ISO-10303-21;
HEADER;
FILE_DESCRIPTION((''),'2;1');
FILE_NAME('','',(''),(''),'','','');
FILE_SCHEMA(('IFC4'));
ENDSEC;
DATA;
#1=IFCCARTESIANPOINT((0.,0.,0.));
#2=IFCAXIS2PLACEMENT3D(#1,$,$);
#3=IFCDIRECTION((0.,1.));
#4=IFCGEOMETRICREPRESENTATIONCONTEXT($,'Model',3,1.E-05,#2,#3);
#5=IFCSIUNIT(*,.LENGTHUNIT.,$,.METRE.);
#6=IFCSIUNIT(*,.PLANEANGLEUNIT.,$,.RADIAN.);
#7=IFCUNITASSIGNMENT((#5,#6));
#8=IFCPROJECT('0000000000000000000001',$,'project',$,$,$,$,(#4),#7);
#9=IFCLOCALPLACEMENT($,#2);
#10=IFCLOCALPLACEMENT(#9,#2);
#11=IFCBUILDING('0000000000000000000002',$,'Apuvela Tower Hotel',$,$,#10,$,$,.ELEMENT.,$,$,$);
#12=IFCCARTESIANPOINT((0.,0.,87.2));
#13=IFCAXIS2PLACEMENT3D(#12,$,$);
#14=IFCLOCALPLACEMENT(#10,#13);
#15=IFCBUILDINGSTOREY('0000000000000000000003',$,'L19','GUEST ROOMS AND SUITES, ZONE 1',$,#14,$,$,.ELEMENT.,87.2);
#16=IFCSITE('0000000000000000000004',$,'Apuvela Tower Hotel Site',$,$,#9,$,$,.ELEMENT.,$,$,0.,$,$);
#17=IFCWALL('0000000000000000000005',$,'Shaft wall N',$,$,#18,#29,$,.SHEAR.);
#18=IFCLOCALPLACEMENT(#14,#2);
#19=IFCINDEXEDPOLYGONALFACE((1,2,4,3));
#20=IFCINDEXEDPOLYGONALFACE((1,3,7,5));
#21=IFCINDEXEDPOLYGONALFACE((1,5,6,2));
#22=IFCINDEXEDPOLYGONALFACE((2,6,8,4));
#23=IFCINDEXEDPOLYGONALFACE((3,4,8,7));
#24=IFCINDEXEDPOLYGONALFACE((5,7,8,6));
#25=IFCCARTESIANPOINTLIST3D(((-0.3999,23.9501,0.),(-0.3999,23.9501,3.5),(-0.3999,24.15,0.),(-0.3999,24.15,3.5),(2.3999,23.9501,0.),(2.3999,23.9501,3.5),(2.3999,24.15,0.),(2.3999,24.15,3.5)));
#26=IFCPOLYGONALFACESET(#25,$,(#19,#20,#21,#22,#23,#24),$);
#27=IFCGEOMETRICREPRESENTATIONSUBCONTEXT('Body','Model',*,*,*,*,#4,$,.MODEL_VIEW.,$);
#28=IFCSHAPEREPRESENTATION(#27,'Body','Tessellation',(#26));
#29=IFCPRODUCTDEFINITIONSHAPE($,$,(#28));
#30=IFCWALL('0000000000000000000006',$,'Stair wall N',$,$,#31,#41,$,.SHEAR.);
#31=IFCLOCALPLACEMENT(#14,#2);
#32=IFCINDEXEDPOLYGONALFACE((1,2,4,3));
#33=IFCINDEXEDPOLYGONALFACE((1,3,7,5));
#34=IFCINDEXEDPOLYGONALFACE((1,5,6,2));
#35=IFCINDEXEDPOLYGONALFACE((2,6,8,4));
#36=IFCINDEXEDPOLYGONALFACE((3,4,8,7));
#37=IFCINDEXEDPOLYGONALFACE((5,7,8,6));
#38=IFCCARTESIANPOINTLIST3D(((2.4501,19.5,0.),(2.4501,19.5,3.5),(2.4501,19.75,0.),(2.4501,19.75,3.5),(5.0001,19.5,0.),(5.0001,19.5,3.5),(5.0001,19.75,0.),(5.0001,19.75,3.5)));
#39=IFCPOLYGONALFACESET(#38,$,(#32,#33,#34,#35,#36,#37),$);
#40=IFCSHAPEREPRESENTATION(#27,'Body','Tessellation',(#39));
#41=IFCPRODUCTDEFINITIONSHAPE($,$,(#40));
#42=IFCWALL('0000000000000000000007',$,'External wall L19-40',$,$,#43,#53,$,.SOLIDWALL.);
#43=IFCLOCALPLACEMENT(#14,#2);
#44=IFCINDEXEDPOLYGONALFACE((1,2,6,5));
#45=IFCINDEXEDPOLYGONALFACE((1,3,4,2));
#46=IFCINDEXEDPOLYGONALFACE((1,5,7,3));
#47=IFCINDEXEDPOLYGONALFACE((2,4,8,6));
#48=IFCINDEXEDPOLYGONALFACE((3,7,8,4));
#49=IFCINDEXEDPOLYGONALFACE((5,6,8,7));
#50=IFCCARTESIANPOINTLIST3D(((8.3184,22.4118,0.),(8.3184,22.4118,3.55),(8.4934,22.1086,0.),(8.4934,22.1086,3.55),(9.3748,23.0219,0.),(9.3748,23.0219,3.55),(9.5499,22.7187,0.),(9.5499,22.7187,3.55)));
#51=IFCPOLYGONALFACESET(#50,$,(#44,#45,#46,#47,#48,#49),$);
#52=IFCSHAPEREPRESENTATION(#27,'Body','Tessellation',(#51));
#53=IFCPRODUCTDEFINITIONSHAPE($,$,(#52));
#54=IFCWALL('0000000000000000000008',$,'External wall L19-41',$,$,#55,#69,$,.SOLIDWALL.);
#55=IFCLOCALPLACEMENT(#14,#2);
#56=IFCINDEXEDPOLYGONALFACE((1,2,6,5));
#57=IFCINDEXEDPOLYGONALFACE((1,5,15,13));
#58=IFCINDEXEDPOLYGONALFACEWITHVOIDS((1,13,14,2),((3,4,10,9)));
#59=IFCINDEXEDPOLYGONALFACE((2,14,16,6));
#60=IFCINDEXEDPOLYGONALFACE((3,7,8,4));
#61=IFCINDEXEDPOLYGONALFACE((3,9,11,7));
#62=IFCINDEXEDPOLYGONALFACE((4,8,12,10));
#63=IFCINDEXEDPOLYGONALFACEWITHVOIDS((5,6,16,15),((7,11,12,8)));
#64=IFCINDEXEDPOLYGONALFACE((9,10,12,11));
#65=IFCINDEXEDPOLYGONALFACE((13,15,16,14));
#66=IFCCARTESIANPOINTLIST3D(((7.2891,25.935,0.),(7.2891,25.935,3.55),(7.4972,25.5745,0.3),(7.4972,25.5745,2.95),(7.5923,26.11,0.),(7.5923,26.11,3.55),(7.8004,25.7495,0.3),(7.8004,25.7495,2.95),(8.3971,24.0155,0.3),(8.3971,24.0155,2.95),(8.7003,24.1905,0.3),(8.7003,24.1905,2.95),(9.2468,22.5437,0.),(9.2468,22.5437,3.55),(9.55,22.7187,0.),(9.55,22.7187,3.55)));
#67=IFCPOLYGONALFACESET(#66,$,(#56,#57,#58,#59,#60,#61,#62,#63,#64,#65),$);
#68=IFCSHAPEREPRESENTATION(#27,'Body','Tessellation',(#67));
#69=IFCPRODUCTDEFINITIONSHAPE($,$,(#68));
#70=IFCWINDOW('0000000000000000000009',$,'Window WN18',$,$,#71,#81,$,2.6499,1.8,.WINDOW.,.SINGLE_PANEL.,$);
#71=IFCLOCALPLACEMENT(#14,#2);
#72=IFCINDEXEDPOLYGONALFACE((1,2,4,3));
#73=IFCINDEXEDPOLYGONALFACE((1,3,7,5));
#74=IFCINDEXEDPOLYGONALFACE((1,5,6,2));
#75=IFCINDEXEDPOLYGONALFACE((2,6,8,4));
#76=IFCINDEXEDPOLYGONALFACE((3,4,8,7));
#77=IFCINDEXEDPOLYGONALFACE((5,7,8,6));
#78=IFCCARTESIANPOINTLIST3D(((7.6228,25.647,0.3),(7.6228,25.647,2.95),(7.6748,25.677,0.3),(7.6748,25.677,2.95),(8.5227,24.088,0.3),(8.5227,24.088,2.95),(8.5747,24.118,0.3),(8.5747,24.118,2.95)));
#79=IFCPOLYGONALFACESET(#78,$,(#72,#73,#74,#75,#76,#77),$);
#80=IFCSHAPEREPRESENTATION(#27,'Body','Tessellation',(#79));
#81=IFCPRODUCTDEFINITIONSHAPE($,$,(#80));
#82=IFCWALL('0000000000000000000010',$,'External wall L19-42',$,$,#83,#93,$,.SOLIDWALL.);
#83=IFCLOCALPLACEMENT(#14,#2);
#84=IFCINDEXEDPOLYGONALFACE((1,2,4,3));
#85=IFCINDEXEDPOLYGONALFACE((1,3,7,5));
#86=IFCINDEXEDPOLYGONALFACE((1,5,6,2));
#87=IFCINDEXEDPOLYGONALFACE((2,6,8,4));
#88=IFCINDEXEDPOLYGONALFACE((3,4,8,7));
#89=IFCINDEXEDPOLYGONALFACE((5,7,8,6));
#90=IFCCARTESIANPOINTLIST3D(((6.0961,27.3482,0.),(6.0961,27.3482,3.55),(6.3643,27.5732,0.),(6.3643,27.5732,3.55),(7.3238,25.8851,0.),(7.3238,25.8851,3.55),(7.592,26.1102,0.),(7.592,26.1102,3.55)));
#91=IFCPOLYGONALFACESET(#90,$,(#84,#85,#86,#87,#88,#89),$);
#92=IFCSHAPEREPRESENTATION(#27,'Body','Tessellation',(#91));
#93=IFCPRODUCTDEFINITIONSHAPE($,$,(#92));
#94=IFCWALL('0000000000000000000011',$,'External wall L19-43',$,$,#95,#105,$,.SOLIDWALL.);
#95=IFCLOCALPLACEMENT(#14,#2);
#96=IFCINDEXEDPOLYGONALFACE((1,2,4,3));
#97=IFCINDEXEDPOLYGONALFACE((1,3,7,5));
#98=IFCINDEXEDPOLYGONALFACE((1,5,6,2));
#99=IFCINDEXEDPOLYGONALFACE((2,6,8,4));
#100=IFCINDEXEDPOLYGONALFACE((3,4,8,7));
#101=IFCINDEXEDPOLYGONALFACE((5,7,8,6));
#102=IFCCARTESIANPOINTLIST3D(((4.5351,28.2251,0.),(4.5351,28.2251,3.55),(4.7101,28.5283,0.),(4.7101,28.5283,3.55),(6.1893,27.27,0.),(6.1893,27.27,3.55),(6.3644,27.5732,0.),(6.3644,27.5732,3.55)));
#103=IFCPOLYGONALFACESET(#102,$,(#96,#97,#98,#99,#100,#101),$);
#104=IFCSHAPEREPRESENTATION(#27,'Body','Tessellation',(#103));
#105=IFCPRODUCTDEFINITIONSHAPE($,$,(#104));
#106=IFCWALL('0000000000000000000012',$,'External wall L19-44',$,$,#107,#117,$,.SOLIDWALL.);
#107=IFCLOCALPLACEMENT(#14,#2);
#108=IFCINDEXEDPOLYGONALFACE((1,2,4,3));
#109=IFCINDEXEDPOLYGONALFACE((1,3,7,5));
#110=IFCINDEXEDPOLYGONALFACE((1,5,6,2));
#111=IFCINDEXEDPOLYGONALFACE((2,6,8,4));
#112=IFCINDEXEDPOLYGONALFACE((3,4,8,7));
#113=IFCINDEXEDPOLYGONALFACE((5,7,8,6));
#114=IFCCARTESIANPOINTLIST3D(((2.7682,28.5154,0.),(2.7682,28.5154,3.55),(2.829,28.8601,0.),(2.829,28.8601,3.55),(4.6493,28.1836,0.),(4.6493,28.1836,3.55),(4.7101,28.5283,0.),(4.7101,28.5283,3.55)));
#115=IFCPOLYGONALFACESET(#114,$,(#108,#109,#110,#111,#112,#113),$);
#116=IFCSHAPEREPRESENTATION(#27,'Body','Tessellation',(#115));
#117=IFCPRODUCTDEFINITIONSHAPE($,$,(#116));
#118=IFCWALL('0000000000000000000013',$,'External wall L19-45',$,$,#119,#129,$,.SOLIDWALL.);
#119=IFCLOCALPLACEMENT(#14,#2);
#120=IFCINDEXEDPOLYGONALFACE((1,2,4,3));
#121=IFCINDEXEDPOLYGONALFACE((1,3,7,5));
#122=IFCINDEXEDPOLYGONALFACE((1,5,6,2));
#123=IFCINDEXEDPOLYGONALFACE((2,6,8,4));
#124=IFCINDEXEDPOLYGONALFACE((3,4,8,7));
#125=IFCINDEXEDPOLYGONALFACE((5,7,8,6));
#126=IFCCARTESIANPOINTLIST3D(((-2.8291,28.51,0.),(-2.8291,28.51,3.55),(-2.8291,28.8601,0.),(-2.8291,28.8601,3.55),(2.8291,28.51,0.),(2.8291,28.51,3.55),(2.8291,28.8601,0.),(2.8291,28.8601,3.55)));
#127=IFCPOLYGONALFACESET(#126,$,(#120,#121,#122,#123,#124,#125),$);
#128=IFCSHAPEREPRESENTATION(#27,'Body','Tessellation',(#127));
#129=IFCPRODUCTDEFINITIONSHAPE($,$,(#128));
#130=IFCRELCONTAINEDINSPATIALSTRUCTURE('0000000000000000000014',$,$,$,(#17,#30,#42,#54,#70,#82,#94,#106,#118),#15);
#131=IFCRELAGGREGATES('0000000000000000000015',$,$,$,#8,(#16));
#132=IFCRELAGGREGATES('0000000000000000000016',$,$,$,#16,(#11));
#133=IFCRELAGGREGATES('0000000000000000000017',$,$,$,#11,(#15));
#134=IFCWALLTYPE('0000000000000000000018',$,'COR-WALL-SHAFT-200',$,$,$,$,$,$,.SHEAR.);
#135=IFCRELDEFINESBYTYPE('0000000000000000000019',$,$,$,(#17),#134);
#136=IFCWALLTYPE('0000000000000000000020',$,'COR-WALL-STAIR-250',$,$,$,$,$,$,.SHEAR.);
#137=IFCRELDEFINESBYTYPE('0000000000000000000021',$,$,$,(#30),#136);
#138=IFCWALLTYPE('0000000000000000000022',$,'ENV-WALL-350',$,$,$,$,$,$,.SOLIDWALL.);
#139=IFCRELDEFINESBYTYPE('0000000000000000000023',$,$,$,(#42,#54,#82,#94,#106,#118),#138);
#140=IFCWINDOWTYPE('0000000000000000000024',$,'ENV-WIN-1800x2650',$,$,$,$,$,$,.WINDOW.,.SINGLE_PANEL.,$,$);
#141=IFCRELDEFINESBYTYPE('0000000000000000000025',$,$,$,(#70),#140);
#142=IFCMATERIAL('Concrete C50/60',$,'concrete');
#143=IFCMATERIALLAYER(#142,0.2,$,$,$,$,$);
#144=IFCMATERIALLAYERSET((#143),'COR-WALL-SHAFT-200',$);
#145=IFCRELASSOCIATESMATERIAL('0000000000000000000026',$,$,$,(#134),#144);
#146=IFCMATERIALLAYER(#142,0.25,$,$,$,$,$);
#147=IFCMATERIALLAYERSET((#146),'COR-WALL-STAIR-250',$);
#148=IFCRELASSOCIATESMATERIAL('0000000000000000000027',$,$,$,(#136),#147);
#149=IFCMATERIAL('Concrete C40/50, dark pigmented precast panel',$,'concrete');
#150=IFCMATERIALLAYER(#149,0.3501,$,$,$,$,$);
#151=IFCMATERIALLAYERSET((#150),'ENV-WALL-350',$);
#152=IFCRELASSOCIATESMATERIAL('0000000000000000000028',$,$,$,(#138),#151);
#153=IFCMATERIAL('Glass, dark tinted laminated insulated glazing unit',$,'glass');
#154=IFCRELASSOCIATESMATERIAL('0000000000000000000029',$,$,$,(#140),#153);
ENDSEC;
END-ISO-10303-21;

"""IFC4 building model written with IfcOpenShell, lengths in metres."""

from ifc_helpers import new_model, si_unit, direction, frame, frame_2d, origin, place, context, subcontext, project, spatial, rectangle, extrude, material, layer, layer_set, type_object, element, fill, save


model = new_model("IFC4")

# Units and contexts
model_context = context("Model", 3, precision=1e-05, world=origin(), true_north=direction((0.0, 1.0)))
body_context = subcontext(model_context, "Body", "Model", "MODEL_VIEW")
ifc_project = project(units=[si_unit("LENGTHUNIT", "METRE"), si_unit("PLANEANGLEUNIT", "RADIAN")], contexts=[model_context])

# Site, building, storey
site_placement = place(None, origin())
site = spatial("IfcSite", under=ifc_project, at=site_placement, Name="Apuvela Tower Hotel Site", CompositionType="ELEMENT", RefElevation=0.0)
building_placement = place(site_placement, origin())
building = spatial("IfcBuilding", under=site, at=building_placement, Name="Apuvela Tower Hotel", CompositionType="ELEMENT")
storey_placement = place(building_placement, frame((0.0, 0.0, 87.2)))
storey = spatial("IfcBuildingStorey", under=building, at=storey_placement, Name="L19", Description="GUEST ROOMS AND SUITES, ZONE 1", CompositionType="ELEMENT", Elevation=87.2)

# Walls
ifc_material_1 = material(Name="Concrete C50/60", Category="concrete")
ifc_layer_1 = layer(ifc_material_1, 0.2)
ifc_layer_set_1 = layer_set([ifc_layer_1], Name="COR-WALL-SHAFT-200")
wall_type_1 = type_object("IfcWallType", Name="COR-WALL-SHAFT-200", PredefinedType="SHEAR", material=ifc_layer_set_1)
wall_1_placement = place(storey_placement, frame((2.3999, 24.05, 0.0), z_axis=(0.0, 0.0, 1.0), x_axis=(-1.0, 0.0, 0.0)))
element("IfcWall", 1, at=wall_1_placement, inside=storey, type_object=wall_type_1, Name="Shaft wall N", PredefinedType="SHEAR", context=body_context, shape_type="SweptSolid", body=[
    extrude(rectangle(XDim=2.7998, YDim=0.2, at=frame_2d((1.3999, 0.0))), origin(), (0.0, 0.0, 1.0), 3.5),
])
ifc_layer_2 = layer(ifc_material_1, 0.25)
ifc_layer_set_2 = layer_set([ifc_layer_2], Name="COR-WALL-STAIR-250")
wall_type_2 = type_object("IfcWallType", Name="COR-WALL-STAIR-250", PredefinedType="SHEAR", material=ifc_layer_set_2)
wall_2_placement = place(storey_placement, frame((5.0, 19.625, 0.0), z_axis=(0.0, 0.0, 1.0), x_axis=(-1.0, 0.0, 0.0)))
element("IfcWall", 2, at=wall_2_placement, inside=storey, type_object=wall_type_2, Name="Stair wall N", PredefinedType="SHEAR", context=body_context, shape_type="SweptSolid", body=[
    extrude(rectangle(XDim=2.55, YDim=0.25, at=frame_2d((1.2749, 0.0))), origin(), (0.0, 0.0, 1.0), 3.5),
])
ifc_material_2 = material(Name="Concrete C40/50, dark pigmented precast panel", Category="concrete")
ifc_layer_3 = layer(ifc_material_2, 0.3501)
ifc_layer_set_3 = layer_set([ifc_layer_3], Name="ENV-WALL-350")
wall_type_3 = type_object("IfcWallType", Name="ENV-WALL-350", PredefinedType="SOLIDWALL", material=ifc_layer_set_3)
wall_3_placement = place(storey_placement, frame((8.406, 22.2603, 0.0), z_axis=(0.0, 0.0, 1.0), x_axis=(0.865956, 0.500121, 0.0)))
element("IfcWall", 3, at=wall_3_placement, inside=storey, type_object=wall_type_3, Name="External wall L19-40", PredefinedType="SOLIDWALL", context=body_context, shape_type="SweptSolid", body=[
    extrude(rectangle(XDim=1.22, YDim=0.3501, at=frame_2d((0.6099, 0.0))), origin(), (0.0, 0.0, 1.0), 3.55),
])

# Wall, opening, window
wall_4_placement = place(storey_placement, frame((9.3984, 22.6311, 0.0), z_axis=(0.0, 0.0, 1.0), x_axis=(-0.499955, 0.866052, 0.0)))
wall_4 = element("IfcWall", 4, at=wall_4_placement, inside=storey, type_object=wall_type_3, Name="External wall L19-41", PredefinedType="SOLIDWALL", context=body_context, shape_type="SweptSolid", body=[
    extrude(rectangle(XDim=3.9158, YDim=0.3501, at=frame_2d((1.958, 0.0))), origin(), (0.0, 0.0, 1.0), 3.55),
])
opening_placement = place(wall_4_placement, frame((1.6997, 0.0, 0.3)))
opening = element("IfcOpeningElement", 5, at=opening_placement, cuts=wall_4, PredefinedType="OPENING", context=body_context, shape_type="SweptSolid", body=[
    extrude(rectangle(XDim=1.8, YDim=2.6499, at=frame_2d((0.8999, 1.325))), frame((0.0, 0.1851, 0.0), z_axis=(0.0, -1.0, 0.0), x_axis=(1.0, 0.0, 0.0)), (0.0, 0.0, 1.0), 0.3701),
])
ifc_material_3 = material(Name="Glass, dark tinted laminated insulated glazing unit", Category="glass")
window_type = type_object("IfcWindowType", Name="ENV-WIN-1800x2650", PartitioningType="SINGLE_PANEL", PredefinedType="WINDOW", material=ifc_material_3)
window_placement = place(opening_placement, origin())
window = element("IfcWindow", 6, at=window_placement, inside=storey, type_object=window_type, Name="Window WN18", OverallHeight=2.6499, OverallWidth=1.8, PartitioningType="SINGLE_PANEL", PredefinedType="WINDOW", context=body_context, shape_type="SweptSolid", body=[
    extrude(rectangle(XDim=1.8, YDim=2.6499, at=frame_2d((0.8999, 1.325))), frame((0.0, 0.03, 0.0), z_axis=(0.0, -1.0, 0.0), x_axis=(1.0, 0.0, 0.0)), (0.0, 0.0, 1.0), 0.0601),
])
fill(opening, window)

# Walls
wall_5_placement = place(storey_placement, frame((7.458, 25.9976, 0.0), z_axis=(0.0, 0.0, 1.0), x_axis=(-0.642808, 0.766027, 0.0)))
element("IfcWall", 7, at=wall_5_placement, inside=storey, type_object=wall_type_3, Name="External wall L19-42", PredefinedType="SOLIDWALL", context=body_context, shape_type="SweptSolid", body=[
    extrude(rectangle(XDim=1.9099, YDim=0.3501, at=frame_2d((0.9551, 0.0))), origin(), (0.0, 0.0, 1.0), 3.55),
])
for number, where, z_axis, x_axis, name in (
    (8, (6.2769, 27.4216, 0.0), (0.0, 0.0, 1.0), (-0.866032, 0.499988, 0.0), "External wall L19-43"),
    (9, (4.6797, 28.356, 0.0), (0.0, 0.0, 1.0), (-0.984799, 0.173698, 0.0), "External wall L19-44"),
):
    element("IfcWall", number, at=place(storey_placement, frame(where, z_axis=z_axis, x_axis=x_axis)), inside=storey, type_object=wall_type_3, Name=name, PredefinedType="SOLIDWALL", context=body_context, shape_type="SweptSolid", body=[
        extrude(rectangle(XDim=1.9102, YDim=0.3501, at=frame_2d((0.9551, 0.0))), origin(), (0.0, 0.0, 1.0), 3.55),
    ])
wall_6_placement = place(storey_placement, frame((2.8291, 28.6851, 0.0), z_axis=(0.0, 0.0, 1.0), x_axis=(-1.0, 0.0, 0.0)))
element("IfcWall", 10, at=wall_6_placement, inside=storey, type_object=wall_type_3, Name="External wall L19-45", PredefinedType="SOLIDWALL", context=body_context, shape_type="SweptSolid", body=[
    extrude(rectangle(XDim=5.6582, YDim=0.3501, at=frame_2d((2.8291, 0.0))), origin(), (0.0, 0.0, 1.0), 3.55),
])

save(model, "model.ifc")
